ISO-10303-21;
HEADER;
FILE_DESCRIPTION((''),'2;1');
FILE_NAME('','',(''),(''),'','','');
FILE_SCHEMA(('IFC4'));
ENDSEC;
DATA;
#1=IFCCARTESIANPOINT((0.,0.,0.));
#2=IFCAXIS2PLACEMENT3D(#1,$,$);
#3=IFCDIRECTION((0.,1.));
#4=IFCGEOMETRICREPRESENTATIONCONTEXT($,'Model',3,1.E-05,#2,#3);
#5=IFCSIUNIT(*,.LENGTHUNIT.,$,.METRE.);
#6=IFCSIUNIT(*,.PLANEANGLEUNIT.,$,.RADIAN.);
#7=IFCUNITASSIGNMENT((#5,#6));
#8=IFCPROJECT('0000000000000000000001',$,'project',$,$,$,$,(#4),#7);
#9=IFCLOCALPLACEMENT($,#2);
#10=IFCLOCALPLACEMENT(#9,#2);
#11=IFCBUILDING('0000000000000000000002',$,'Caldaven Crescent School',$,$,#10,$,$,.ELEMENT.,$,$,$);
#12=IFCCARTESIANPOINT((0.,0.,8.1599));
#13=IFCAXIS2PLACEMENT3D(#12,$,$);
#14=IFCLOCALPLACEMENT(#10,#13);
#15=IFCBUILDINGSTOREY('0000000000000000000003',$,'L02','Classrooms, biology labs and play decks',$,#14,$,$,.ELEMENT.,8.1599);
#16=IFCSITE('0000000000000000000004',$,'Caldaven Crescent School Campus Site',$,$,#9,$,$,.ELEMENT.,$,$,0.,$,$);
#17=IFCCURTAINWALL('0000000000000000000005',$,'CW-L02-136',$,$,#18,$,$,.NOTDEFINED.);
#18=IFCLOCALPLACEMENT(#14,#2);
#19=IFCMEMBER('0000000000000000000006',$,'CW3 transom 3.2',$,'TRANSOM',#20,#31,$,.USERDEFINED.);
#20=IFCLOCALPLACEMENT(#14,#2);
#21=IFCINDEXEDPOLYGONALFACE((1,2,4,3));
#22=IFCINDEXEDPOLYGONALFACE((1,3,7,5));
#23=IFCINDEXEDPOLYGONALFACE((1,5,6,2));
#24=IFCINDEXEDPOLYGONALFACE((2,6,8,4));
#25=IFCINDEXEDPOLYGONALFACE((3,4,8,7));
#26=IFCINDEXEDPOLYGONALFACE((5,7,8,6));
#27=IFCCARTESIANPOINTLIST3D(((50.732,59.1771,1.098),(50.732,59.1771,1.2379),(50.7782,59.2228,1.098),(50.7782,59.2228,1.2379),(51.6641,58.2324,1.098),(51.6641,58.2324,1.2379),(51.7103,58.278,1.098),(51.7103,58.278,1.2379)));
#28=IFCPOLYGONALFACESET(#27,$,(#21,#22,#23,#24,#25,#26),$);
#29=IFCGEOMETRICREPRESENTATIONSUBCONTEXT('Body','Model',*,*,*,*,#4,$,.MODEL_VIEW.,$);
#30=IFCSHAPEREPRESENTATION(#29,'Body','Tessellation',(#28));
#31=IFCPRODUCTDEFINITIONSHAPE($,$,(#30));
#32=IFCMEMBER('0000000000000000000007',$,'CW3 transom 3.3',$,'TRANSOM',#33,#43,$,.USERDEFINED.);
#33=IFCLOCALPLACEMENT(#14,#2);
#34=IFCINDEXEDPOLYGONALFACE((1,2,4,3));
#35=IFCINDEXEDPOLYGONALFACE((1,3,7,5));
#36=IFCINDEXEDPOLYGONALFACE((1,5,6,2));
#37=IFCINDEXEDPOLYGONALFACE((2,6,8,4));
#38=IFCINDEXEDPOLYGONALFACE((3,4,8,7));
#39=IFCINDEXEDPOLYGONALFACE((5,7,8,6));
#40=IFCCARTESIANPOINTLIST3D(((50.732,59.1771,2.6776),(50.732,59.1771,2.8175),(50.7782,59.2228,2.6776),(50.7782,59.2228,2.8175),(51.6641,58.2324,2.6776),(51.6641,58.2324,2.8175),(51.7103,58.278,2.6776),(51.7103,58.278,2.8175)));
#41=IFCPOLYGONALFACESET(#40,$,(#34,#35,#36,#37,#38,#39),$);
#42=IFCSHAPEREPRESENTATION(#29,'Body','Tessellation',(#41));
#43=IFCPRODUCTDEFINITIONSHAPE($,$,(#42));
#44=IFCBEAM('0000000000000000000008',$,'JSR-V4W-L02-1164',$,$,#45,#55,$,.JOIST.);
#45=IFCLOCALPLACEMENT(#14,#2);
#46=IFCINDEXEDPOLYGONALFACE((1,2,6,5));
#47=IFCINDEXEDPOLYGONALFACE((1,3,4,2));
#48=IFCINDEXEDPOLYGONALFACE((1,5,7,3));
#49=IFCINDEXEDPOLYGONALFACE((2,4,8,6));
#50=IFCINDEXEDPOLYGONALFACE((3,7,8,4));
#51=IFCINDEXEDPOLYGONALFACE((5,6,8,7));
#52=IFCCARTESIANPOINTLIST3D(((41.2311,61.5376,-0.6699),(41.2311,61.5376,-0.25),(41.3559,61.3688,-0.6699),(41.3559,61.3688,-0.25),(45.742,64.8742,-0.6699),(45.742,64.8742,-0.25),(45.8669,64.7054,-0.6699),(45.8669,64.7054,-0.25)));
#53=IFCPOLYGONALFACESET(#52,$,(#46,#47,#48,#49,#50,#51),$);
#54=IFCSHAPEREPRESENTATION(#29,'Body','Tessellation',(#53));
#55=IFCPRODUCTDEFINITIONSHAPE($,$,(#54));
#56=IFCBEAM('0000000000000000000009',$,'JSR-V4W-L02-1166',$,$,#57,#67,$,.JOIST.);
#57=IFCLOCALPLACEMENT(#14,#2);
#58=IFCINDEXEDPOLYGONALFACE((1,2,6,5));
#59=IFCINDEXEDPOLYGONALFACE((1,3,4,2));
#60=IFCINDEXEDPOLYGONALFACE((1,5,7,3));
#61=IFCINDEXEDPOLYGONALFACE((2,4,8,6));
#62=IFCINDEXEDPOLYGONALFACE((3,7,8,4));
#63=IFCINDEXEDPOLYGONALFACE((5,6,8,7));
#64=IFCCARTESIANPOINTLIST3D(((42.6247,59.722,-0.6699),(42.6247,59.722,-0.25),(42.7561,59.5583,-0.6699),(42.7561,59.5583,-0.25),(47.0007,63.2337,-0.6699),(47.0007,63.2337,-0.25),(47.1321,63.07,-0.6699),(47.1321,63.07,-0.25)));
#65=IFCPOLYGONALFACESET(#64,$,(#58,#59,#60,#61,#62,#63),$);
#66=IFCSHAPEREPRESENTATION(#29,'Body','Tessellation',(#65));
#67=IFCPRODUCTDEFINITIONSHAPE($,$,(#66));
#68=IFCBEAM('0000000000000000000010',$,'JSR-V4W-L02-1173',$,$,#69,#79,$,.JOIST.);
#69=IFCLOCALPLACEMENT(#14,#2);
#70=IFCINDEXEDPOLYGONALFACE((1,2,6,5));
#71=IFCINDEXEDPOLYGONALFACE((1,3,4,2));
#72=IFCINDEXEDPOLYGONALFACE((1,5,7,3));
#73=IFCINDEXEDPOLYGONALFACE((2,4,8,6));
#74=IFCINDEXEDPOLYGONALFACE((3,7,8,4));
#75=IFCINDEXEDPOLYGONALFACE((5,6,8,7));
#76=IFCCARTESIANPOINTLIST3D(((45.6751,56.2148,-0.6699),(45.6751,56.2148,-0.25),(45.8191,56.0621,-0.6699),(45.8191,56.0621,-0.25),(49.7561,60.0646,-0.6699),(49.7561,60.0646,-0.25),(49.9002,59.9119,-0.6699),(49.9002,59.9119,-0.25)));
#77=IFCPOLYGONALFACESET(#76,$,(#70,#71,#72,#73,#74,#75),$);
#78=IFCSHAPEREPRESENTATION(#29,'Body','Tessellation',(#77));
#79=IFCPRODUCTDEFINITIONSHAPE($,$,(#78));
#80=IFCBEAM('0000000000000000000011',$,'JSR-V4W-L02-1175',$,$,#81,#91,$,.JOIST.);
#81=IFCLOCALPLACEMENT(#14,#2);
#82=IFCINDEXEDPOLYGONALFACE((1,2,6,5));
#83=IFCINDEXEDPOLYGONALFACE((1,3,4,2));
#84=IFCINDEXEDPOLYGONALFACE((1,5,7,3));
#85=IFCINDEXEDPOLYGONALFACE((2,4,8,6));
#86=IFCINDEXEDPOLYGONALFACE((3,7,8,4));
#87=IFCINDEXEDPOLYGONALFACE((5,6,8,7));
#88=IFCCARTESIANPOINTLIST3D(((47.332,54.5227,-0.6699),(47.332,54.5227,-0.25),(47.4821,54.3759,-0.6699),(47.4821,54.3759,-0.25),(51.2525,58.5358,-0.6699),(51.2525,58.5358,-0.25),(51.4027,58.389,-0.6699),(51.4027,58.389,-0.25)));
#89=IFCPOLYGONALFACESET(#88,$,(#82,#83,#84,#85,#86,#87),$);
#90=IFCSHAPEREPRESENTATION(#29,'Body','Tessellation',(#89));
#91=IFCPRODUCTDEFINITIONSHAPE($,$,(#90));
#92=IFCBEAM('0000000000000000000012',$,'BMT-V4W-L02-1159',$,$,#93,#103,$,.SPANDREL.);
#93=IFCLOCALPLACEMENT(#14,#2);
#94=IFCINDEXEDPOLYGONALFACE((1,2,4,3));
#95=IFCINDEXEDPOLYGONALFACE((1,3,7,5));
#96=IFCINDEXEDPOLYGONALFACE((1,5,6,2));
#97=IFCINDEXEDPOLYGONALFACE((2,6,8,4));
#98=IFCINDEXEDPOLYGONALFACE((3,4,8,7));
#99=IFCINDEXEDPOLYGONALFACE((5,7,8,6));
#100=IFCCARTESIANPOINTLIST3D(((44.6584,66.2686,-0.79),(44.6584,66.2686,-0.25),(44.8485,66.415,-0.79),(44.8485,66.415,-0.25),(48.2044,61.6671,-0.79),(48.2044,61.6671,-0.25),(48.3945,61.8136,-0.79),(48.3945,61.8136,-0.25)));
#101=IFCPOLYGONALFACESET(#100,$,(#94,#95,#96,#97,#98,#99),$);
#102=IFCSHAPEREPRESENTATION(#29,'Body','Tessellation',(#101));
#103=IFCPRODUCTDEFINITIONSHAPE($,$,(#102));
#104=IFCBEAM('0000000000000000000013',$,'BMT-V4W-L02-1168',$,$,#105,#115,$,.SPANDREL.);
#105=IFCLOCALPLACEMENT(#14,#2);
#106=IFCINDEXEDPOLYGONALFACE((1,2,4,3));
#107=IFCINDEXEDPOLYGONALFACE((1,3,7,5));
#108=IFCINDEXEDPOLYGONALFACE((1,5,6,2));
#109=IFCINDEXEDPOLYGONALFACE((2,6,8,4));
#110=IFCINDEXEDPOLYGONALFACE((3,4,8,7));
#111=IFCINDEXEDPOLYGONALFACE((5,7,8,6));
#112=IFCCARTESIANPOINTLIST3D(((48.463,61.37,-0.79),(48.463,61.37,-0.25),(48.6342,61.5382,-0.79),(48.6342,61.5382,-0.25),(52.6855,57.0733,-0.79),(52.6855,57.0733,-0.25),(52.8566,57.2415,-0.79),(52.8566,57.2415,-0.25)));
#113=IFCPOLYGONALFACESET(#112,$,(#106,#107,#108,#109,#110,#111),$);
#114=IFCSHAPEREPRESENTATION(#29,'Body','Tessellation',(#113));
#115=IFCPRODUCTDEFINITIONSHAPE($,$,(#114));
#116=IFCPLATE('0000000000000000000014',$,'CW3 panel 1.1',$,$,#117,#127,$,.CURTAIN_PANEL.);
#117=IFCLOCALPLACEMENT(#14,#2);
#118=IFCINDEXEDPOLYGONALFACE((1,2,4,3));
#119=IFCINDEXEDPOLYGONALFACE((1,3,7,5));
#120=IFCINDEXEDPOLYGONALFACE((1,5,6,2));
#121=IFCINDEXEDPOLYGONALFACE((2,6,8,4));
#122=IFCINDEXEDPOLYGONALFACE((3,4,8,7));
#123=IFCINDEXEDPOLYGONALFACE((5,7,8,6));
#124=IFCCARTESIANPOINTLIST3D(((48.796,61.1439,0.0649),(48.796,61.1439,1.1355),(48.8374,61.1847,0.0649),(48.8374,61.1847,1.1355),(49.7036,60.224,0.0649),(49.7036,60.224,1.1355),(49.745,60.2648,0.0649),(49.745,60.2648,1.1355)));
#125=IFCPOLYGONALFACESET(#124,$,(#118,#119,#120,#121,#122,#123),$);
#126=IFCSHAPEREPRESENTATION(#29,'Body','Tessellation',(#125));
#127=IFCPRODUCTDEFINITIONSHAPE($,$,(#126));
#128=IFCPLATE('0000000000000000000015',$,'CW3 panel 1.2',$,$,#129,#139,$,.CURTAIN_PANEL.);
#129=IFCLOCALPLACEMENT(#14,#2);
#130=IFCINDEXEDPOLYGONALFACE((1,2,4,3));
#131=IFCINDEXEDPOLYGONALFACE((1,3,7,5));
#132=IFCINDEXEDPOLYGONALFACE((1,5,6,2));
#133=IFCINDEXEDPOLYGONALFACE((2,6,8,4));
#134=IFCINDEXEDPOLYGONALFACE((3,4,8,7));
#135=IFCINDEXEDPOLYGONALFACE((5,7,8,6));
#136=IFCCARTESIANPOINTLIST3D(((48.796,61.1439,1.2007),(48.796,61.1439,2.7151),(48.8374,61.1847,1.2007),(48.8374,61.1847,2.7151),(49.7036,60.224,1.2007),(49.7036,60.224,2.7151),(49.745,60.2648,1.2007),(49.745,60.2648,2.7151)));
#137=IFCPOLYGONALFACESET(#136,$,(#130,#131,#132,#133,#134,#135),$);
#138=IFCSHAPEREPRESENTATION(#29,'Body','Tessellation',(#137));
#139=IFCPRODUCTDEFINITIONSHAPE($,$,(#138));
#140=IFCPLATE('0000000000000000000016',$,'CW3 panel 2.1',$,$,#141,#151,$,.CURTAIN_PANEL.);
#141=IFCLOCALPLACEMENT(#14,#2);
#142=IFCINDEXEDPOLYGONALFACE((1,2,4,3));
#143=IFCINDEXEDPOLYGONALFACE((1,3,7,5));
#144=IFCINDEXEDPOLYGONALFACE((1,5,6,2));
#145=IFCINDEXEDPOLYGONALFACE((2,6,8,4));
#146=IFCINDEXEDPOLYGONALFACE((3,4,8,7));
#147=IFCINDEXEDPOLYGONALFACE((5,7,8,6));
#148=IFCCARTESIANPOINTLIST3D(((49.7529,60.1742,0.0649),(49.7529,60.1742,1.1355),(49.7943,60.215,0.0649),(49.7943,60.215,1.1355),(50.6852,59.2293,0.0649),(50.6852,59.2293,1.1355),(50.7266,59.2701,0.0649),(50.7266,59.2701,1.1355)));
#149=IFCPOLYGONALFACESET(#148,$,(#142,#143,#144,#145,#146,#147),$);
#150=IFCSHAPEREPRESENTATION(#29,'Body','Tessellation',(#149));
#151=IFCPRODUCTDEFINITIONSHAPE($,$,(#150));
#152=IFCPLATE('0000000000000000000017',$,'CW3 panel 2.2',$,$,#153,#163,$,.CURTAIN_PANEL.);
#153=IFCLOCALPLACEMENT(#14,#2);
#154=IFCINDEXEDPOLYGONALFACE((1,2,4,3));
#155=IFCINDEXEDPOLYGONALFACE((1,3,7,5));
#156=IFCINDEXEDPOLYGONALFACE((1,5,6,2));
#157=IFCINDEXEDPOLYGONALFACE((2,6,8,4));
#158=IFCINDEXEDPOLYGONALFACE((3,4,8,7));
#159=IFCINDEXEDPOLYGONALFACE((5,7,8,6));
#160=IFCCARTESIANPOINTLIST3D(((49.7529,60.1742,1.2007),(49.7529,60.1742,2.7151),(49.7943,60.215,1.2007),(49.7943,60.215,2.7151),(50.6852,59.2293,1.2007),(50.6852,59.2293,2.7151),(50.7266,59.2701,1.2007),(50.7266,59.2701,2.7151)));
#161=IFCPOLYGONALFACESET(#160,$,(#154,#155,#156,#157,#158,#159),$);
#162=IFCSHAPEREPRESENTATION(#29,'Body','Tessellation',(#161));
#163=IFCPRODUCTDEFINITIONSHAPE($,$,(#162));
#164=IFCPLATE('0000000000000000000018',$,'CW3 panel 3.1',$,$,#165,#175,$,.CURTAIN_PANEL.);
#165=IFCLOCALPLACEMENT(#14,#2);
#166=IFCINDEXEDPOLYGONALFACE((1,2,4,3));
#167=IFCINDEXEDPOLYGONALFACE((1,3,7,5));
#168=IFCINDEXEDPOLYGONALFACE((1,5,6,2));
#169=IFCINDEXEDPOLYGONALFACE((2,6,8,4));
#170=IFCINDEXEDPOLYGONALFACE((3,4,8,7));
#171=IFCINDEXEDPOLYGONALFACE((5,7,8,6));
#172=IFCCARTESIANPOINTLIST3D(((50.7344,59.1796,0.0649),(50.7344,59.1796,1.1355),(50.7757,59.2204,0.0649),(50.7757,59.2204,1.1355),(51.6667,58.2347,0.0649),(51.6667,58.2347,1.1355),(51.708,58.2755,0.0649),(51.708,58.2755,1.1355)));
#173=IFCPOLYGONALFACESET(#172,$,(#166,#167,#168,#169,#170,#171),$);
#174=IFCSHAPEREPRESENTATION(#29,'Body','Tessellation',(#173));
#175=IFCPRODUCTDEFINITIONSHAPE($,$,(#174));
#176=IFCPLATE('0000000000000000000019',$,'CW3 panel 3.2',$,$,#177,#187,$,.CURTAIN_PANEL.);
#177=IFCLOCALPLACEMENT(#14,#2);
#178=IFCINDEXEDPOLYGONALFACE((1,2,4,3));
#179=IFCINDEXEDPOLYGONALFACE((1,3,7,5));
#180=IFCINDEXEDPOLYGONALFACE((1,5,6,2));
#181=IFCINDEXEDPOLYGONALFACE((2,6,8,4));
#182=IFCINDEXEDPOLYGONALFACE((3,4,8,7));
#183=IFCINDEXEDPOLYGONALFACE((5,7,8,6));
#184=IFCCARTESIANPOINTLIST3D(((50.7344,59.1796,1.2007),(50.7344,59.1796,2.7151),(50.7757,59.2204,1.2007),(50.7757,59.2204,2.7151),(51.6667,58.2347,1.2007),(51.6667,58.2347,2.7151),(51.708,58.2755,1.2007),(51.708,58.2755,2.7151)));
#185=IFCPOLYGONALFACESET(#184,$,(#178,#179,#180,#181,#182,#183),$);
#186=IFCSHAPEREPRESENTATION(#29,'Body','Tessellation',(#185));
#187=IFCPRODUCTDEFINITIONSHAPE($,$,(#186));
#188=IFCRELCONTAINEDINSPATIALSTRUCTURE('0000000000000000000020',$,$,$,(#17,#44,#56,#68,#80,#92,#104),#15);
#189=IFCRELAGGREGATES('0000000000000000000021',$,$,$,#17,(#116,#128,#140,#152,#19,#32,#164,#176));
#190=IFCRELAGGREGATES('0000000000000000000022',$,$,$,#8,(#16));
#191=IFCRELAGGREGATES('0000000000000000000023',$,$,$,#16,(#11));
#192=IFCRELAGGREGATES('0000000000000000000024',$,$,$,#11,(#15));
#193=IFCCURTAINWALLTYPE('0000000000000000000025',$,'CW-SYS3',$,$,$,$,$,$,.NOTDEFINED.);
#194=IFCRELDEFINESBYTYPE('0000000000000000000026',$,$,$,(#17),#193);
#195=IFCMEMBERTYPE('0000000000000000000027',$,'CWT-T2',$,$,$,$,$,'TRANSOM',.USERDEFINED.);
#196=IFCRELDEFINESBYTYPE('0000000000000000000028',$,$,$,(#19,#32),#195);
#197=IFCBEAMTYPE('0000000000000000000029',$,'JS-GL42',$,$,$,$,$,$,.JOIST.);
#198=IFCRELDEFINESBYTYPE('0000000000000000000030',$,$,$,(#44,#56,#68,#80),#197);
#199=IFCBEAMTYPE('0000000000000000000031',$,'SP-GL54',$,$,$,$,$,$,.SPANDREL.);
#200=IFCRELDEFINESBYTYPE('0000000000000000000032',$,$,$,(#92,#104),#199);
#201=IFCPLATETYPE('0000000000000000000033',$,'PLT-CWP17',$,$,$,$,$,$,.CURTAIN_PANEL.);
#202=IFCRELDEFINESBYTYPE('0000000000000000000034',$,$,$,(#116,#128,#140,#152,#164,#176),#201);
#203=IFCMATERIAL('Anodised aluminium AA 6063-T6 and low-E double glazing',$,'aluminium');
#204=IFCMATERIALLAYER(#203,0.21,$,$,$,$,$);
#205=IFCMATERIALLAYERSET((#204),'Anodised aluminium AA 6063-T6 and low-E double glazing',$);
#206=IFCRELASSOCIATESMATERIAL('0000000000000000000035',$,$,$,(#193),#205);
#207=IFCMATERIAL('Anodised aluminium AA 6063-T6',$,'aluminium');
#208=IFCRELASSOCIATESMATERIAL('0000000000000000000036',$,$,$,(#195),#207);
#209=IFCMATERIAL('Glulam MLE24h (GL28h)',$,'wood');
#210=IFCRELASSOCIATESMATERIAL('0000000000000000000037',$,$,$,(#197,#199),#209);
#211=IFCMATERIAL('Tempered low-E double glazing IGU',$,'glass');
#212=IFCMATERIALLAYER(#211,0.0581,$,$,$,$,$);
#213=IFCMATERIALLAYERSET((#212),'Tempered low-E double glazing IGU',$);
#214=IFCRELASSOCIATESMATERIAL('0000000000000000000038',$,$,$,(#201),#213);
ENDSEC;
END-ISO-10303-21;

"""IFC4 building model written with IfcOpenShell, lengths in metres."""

from ifc_helpers import new_model, si_unit, direction, frame, origin, origin_2d, place, context, subcontext, project, spatial, rectangle, extrude, material, layer, layer_set, material_profile, profile_set, type_object, element, aggregate, save


model = new_model("IFC4")

# Units and contexts
model_context = context("Model", 3, precision=1e-05, world=origin(), true_north=direction((0.0, 1.0)))
body_context = subcontext(model_context, "Body", "Model", "MODEL_VIEW")
ifc_project = project(units=[si_unit("LENGTHUNIT", "METRE"), si_unit("PLANEANGLEUNIT", "RADIAN")], contexts=[model_context])

# Site, building, storey
site_placement = place(None, origin())
site = spatial("IfcSite", under=ifc_project, at=site_placement, Name="Caldaven Crescent School Campus Site", CompositionType="ELEMENT", RefElevation=0.0)
building_placement = place(site_placement, origin())
building = spatial("IfcBuilding", under=site, at=building_placement, Name="Caldaven Crescent School", CompositionType="ELEMENT")
storey_placement = place(building_placement, frame((0.0, 0.0, 8.1599)))
storey = spatial("IfcBuildingStorey", under=building, at=storey_placement, Name="L02", Description="Classrooms, biology labs and play decks", CompositionType="ELEMENT", Elevation=8.1599)

# Shared definitions
ifc_material_1 = material(Name="Glulam MLE24h (GL28h)", Category="wood")

# Curtain wall, members
ifc_material_2 = material(Name="Anodised aluminium AA 6063-T6 and low-E double glazing", Category="aluminium")
ifc_layer_1 = layer(ifc_material_2, 0.21)
ifc_layer_set_1 = layer_set([ifc_layer_1], Name="Anodised aluminium AA 6063-T6 and low-E double glazing")
curtain_wall_type = type_object("IfcCurtainWallType", Name="CW-SYS3", PredefinedType="NOTDEFINED", material=ifc_layer_set_1)
curtain_wall_placement = place(storey_placement, origin())
curtain_wall = element("IfcCurtainWall", 1, at=curtain_wall_placement, inside=storey, type_object=curtain_wall_type, Name="CW-L02-136", PredefinedType="NOTDEFINED")
ifc_material_3 = material(Name="Anodised aluminium AA 6063-T6", Category="aluminium")
ifc_material_profile_1 = material_profile(ifc_material_3, rectangle(XDim=0.0649, YDim=0.1399, at=origin_2d()), Name="CWT 65x140")
ifc_profile_set_1 = profile_set([ifc_material_profile_1], Name="Anodised aluminium AA 6063-T6")
member_type_1 = type_object("IfcMemberType", Name="CWT-T2", ElementType="TRANSOM", PredefinedType="USERDEFINED", material=ifc_profile_set_1)
member_1_placement = place(storey_placement, frame((50.7551, 59.2, 1.168), z_axis=(0.702308, -0.711873, 0.0), x_axis=(0.711873, 0.702308, 0.0)))
member_1 = element("IfcMember", 2, at=member_1_placement, type_object=member_type_1, Name="CW3 transom 3.2", ObjectType="TRANSOM", PredefinedType="USERDEFINED", context=body_context, shape_type="SweptSolid", body=[
    extrude(rectangle(XDim=0.0649, YDim=0.1399, at=origin_2d()), origin(), (0.0, 0.0, 1.0), 1.3271),
])
member_2_placement = place(storey_placement, frame((50.7551, 59.2, 2.7476), z_axis=(0.702308, -0.711873, 0.0), x_axis=(0.711873, 0.702308, 0.0)))
member_2 = element("IfcMember", 3, at=member_2_placement, type_object=member_type_1, Name="CW3 transom 3.3", ObjectType="TRANSOM", PredefinedType="USERDEFINED", context=body_context, shape_type="SweptSolid", body=[
    extrude(rectangle(XDim=0.0649, YDim=0.1399, at=origin_2d()), origin(), (0.0, 0.0, 1.0), 1.3271),
])

# Beams
ifc_material_profile_2 = material_profile(ifc_material_1, rectangle(XDim=0.21, YDim=0.4199, at=origin_2d()), Name="MLE 210x420")
ifc_profile_set_2 = profile_set([ifc_material_profile_2], Name="Glulam MLE24h (GL28h)")
beam_type_1 = type_object("IfcBeamType", Name="JS-GL42", PredefinedType="JOIST", material=ifc_profile_set_2)
for number, where, z_axis, x_axis, name in (
    (4, (45.8044, 64.7898, -0.46), (-0.803966, -0.594675, 0.0), (0.594675, -0.803966, 0.0), "JSR-V4W-L02-1164"),
    (5, (47.0664, 63.1519, -0.46), (-0.779917, -0.625883, 0.0), (0.625883, -0.779917, 0.0), "JSR-V4W-L02-1166"),
):
    element("IfcBeam", number, at=place(storey_placement, frame(where, z_axis=z_axis, x_axis=x_axis)), inside=storey, type_object=beam_type_1, Name=name, PredefinedType="JOIST", context=body_context, shape_type="SweptSolid", body=[
        extrude(rectangle(XDim=0.21, YDim=0.4199, at=origin_2d()), origin(), (0.0, 0.0, 1.0), 5.6108),
    ])
for number, where, z_axis, x_axis, name in (
    (6, (49.8281, 59.9883, -0.46), (-0.727411, -0.686202, 0.0), (0.686202, -0.727411, 0.0), "JSR-V4W-L02-1173"),
    (7, (51.3276, 58.4624, -0.46), (-0.698813, -0.715305, 0.0), (0.715305, -0.698813, 0.0), "JSR-V4W-L02-1175"),
):
    element("IfcBeam", number, at=place(storey_placement, frame(where, z_axis=z_axis, x_axis=x_axis)), inside=storey, type_object=beam_type_1, Name=name, PredefinedType="JOIST", context=body_context, shape_type="SweptSolid", body=[
        extrude(rectangle(XDim=0.21, YDim=0.4199, at=origin_2d()), origin(), (0.0, 0.0, 1.0), 5.6104),
    ])
ifc_material_profile_3 = material_profile(ifc_material_1, rectangle(XDim=0.24, YDim=0.54, at=origin_2d()), Name="MLE 240x540")
ifc_profile_set_3 = profile_set([ifc_material_profile_3], Name="Glulam MLE24h (GL28h)")
beam_type_2 = type_object("IfcBeamType", Name="SP-GL54", PredefinedType="SPANDREL", material=ifc_profile_set_3)
beam_1_placement = place(storey_placement, frame((44.7534, 66.3418, -0.52), z_axis=(0.610411, -0.792085, 0.0), x_axis=(0.792085, 0.610411, 0.0)))
element("IfcBeam", 8, at=beam_1_placement, inside=storey, type_object=beam_type_2, Name="BMT-V4W-L02-1159", PredefinedType="SPANDREL", context=body_context, shape_type="SweptSolid", body=[
    extrude(rectangle(XDim=0.24, YDim=0.54, at=origin_2d()), origin(), (0.0, 0.0, 1.0), 5.8093),
])
beam_2_placement = place(storey_placement, frame((48.5486, 61.4541, -0.52), z_axis=(0.70092, -0.71324, 0.0), x_axis=(0.71324, 0.70092, 0.0)))
element("IfcBeam", 9, at=beam_2_placement, inside=storey, type_object=beam_type_2, Name="BMT-V4W-L02-1168", PredefinedType="SPANDREL", context=body_context, shape_type="SweptSolid", body=[
    extrude(rectangle(XDim=0.24, YDim=0.54, at=origin_2d()), origin(), (0.0, 0.0, 1.0), 6.0242),
])

# Plates
ifc_material_4 = material(Name="Tempered low-E double glazing IGU", Category="glass")
ifc_layer_2 = layer(ifc_material_4, 0.0581)
ifc_layer_set_2 = layer_set([ifc_layer_2], Name="Tempered low-E double glazing IGU")
plate_type = type_object("IfcPlateType", Name="PLT-CWP17", PredefinedType="CURTAIN_PANEL", material=ifc_layer_set_2)
plate_1_placement = place(storey_placement, frame((49.2705, 60.7043, 0.0649), z_axis=(0.0, 0.0, 1.0), x_axis=(0.70237, -0.711812, 0.0)))
plate_1 = element("IfcPlate", 10, at=plate_1_placement, type_object=plate_type, Name="CW3 panel 1.1", PredefinedType="CURTAIN_PANEL", context=body_context, shape_type="SweptSolid", body=[
    extrude(rectangle(XDim=1.2922, YDim=0.0581, at=origin_2d()), origin(), (0.0, 0.0, 1.0), 1.0706),
])
plate_2_placement = place(storey_placement, frame((49.2705, 60.7043, 1.2007), z_axis=(0.0, 0.0, 1.0), x_axis=(0.70237, -0.711812, 0.0)))
plate_2 = element("IfcPlate", 11, at=plate_2_placement, type_object=plate_type, Name="CW3 panel 1.2", PredefinedType="CURTAIN_PANEL", context=body_context, shape_type="SweptSolid", body=[
    extrude(rectangle(XDim=1.2922, YDim=0.0581, at=origin_2d()), origin(), (0.0, 0.0, 1.0), 1.5144),
])
plate_3_placement = place(storey_placement, frame((50.2397, 59.7222, 0.0649), z_axis=(0.0, 0.0, 1.0), x_axis=(0.70237, -0.711812, 0.0)))
plate_3 = element("IfcPlate", 12, at=plate_3_placement, type_object=plate_type, Name="CW3 panel 2.1", PredefinedType="CURTAIN_PANEL", context=body_context, shape_type="SweptSolid", body=[
    extrude(rectangle(XDim=1.3274, YDim=0.0581, at=origin_2d()), origin(), (0.0, 0.0, 1.0), 1.0706),
])
plate_4_placement = place(storey_placement, frame((50.2397, 59.7222, 1.2007), z_axis=(0.0, 0.0, 1.0), x_axis=(0.70237, -0.711812, 0.0)))
plate_4 = element("IfcPlate", 13, at=plate_4_placement, type_object=plate_type, Name="CW3 panel 2.2", PredefinedType="CURTAIN_PANEL", context=body_context, shape_type="SweptSolid", body=[
    extrude(rectangle(XDim=1.3274, YDim=0.0581, at=origin_2d()), origin(), (0.0, 0.0, 1.0), 1.5144),
])
plate_5_placement = place(storey_placement, frame((51.2212, 58.7275, 0.0649), z_axis=(0.0, 0.0, 1.0), x_axis=(0.70237, -0.711812, 0.0)))
plate_5 = element("IfcPlate", 14, at=plate_5_placement, type_object=plate_type, Name="CW3 panel 3.1", PredefinedType="CURTAIN_PANEL", context=body_context, shape_type="SweptSolid", body=[
    extrude(rectangle(XDim=1.3274, YDim=0.0581, at=origin_2d()), origin(), (0.0, 0.0, 1.0), 1.0706),
])
plate_6_placement = place(storey_placement, frame((51.2212, 58.7275, 1.2007), z_axis=(0.0, 0.0, 1.0), x_axis=(0.70237, -0.711812, 0.0)))
plate_6 = element("IfcPlate", 15, at=plate_6_placement, type_object=plate_type, Name="CW3 panel 3.2", PredefinedType="CURTAIN_PANEL", context=body_context, shape_type="SweptSolid", body=[
    extrude(rectangle(XDim=1.3274, YDim=0.0581, at=origin_2d()), origin(), (0.0, 0.0, 1.0), 1.5144),
])
aggregate(curtain_wall, [plate_1, plate_2, plate_3, plate_4, member_1, member_2, plate_5, plate_6])

save(model, "model.ifc")
